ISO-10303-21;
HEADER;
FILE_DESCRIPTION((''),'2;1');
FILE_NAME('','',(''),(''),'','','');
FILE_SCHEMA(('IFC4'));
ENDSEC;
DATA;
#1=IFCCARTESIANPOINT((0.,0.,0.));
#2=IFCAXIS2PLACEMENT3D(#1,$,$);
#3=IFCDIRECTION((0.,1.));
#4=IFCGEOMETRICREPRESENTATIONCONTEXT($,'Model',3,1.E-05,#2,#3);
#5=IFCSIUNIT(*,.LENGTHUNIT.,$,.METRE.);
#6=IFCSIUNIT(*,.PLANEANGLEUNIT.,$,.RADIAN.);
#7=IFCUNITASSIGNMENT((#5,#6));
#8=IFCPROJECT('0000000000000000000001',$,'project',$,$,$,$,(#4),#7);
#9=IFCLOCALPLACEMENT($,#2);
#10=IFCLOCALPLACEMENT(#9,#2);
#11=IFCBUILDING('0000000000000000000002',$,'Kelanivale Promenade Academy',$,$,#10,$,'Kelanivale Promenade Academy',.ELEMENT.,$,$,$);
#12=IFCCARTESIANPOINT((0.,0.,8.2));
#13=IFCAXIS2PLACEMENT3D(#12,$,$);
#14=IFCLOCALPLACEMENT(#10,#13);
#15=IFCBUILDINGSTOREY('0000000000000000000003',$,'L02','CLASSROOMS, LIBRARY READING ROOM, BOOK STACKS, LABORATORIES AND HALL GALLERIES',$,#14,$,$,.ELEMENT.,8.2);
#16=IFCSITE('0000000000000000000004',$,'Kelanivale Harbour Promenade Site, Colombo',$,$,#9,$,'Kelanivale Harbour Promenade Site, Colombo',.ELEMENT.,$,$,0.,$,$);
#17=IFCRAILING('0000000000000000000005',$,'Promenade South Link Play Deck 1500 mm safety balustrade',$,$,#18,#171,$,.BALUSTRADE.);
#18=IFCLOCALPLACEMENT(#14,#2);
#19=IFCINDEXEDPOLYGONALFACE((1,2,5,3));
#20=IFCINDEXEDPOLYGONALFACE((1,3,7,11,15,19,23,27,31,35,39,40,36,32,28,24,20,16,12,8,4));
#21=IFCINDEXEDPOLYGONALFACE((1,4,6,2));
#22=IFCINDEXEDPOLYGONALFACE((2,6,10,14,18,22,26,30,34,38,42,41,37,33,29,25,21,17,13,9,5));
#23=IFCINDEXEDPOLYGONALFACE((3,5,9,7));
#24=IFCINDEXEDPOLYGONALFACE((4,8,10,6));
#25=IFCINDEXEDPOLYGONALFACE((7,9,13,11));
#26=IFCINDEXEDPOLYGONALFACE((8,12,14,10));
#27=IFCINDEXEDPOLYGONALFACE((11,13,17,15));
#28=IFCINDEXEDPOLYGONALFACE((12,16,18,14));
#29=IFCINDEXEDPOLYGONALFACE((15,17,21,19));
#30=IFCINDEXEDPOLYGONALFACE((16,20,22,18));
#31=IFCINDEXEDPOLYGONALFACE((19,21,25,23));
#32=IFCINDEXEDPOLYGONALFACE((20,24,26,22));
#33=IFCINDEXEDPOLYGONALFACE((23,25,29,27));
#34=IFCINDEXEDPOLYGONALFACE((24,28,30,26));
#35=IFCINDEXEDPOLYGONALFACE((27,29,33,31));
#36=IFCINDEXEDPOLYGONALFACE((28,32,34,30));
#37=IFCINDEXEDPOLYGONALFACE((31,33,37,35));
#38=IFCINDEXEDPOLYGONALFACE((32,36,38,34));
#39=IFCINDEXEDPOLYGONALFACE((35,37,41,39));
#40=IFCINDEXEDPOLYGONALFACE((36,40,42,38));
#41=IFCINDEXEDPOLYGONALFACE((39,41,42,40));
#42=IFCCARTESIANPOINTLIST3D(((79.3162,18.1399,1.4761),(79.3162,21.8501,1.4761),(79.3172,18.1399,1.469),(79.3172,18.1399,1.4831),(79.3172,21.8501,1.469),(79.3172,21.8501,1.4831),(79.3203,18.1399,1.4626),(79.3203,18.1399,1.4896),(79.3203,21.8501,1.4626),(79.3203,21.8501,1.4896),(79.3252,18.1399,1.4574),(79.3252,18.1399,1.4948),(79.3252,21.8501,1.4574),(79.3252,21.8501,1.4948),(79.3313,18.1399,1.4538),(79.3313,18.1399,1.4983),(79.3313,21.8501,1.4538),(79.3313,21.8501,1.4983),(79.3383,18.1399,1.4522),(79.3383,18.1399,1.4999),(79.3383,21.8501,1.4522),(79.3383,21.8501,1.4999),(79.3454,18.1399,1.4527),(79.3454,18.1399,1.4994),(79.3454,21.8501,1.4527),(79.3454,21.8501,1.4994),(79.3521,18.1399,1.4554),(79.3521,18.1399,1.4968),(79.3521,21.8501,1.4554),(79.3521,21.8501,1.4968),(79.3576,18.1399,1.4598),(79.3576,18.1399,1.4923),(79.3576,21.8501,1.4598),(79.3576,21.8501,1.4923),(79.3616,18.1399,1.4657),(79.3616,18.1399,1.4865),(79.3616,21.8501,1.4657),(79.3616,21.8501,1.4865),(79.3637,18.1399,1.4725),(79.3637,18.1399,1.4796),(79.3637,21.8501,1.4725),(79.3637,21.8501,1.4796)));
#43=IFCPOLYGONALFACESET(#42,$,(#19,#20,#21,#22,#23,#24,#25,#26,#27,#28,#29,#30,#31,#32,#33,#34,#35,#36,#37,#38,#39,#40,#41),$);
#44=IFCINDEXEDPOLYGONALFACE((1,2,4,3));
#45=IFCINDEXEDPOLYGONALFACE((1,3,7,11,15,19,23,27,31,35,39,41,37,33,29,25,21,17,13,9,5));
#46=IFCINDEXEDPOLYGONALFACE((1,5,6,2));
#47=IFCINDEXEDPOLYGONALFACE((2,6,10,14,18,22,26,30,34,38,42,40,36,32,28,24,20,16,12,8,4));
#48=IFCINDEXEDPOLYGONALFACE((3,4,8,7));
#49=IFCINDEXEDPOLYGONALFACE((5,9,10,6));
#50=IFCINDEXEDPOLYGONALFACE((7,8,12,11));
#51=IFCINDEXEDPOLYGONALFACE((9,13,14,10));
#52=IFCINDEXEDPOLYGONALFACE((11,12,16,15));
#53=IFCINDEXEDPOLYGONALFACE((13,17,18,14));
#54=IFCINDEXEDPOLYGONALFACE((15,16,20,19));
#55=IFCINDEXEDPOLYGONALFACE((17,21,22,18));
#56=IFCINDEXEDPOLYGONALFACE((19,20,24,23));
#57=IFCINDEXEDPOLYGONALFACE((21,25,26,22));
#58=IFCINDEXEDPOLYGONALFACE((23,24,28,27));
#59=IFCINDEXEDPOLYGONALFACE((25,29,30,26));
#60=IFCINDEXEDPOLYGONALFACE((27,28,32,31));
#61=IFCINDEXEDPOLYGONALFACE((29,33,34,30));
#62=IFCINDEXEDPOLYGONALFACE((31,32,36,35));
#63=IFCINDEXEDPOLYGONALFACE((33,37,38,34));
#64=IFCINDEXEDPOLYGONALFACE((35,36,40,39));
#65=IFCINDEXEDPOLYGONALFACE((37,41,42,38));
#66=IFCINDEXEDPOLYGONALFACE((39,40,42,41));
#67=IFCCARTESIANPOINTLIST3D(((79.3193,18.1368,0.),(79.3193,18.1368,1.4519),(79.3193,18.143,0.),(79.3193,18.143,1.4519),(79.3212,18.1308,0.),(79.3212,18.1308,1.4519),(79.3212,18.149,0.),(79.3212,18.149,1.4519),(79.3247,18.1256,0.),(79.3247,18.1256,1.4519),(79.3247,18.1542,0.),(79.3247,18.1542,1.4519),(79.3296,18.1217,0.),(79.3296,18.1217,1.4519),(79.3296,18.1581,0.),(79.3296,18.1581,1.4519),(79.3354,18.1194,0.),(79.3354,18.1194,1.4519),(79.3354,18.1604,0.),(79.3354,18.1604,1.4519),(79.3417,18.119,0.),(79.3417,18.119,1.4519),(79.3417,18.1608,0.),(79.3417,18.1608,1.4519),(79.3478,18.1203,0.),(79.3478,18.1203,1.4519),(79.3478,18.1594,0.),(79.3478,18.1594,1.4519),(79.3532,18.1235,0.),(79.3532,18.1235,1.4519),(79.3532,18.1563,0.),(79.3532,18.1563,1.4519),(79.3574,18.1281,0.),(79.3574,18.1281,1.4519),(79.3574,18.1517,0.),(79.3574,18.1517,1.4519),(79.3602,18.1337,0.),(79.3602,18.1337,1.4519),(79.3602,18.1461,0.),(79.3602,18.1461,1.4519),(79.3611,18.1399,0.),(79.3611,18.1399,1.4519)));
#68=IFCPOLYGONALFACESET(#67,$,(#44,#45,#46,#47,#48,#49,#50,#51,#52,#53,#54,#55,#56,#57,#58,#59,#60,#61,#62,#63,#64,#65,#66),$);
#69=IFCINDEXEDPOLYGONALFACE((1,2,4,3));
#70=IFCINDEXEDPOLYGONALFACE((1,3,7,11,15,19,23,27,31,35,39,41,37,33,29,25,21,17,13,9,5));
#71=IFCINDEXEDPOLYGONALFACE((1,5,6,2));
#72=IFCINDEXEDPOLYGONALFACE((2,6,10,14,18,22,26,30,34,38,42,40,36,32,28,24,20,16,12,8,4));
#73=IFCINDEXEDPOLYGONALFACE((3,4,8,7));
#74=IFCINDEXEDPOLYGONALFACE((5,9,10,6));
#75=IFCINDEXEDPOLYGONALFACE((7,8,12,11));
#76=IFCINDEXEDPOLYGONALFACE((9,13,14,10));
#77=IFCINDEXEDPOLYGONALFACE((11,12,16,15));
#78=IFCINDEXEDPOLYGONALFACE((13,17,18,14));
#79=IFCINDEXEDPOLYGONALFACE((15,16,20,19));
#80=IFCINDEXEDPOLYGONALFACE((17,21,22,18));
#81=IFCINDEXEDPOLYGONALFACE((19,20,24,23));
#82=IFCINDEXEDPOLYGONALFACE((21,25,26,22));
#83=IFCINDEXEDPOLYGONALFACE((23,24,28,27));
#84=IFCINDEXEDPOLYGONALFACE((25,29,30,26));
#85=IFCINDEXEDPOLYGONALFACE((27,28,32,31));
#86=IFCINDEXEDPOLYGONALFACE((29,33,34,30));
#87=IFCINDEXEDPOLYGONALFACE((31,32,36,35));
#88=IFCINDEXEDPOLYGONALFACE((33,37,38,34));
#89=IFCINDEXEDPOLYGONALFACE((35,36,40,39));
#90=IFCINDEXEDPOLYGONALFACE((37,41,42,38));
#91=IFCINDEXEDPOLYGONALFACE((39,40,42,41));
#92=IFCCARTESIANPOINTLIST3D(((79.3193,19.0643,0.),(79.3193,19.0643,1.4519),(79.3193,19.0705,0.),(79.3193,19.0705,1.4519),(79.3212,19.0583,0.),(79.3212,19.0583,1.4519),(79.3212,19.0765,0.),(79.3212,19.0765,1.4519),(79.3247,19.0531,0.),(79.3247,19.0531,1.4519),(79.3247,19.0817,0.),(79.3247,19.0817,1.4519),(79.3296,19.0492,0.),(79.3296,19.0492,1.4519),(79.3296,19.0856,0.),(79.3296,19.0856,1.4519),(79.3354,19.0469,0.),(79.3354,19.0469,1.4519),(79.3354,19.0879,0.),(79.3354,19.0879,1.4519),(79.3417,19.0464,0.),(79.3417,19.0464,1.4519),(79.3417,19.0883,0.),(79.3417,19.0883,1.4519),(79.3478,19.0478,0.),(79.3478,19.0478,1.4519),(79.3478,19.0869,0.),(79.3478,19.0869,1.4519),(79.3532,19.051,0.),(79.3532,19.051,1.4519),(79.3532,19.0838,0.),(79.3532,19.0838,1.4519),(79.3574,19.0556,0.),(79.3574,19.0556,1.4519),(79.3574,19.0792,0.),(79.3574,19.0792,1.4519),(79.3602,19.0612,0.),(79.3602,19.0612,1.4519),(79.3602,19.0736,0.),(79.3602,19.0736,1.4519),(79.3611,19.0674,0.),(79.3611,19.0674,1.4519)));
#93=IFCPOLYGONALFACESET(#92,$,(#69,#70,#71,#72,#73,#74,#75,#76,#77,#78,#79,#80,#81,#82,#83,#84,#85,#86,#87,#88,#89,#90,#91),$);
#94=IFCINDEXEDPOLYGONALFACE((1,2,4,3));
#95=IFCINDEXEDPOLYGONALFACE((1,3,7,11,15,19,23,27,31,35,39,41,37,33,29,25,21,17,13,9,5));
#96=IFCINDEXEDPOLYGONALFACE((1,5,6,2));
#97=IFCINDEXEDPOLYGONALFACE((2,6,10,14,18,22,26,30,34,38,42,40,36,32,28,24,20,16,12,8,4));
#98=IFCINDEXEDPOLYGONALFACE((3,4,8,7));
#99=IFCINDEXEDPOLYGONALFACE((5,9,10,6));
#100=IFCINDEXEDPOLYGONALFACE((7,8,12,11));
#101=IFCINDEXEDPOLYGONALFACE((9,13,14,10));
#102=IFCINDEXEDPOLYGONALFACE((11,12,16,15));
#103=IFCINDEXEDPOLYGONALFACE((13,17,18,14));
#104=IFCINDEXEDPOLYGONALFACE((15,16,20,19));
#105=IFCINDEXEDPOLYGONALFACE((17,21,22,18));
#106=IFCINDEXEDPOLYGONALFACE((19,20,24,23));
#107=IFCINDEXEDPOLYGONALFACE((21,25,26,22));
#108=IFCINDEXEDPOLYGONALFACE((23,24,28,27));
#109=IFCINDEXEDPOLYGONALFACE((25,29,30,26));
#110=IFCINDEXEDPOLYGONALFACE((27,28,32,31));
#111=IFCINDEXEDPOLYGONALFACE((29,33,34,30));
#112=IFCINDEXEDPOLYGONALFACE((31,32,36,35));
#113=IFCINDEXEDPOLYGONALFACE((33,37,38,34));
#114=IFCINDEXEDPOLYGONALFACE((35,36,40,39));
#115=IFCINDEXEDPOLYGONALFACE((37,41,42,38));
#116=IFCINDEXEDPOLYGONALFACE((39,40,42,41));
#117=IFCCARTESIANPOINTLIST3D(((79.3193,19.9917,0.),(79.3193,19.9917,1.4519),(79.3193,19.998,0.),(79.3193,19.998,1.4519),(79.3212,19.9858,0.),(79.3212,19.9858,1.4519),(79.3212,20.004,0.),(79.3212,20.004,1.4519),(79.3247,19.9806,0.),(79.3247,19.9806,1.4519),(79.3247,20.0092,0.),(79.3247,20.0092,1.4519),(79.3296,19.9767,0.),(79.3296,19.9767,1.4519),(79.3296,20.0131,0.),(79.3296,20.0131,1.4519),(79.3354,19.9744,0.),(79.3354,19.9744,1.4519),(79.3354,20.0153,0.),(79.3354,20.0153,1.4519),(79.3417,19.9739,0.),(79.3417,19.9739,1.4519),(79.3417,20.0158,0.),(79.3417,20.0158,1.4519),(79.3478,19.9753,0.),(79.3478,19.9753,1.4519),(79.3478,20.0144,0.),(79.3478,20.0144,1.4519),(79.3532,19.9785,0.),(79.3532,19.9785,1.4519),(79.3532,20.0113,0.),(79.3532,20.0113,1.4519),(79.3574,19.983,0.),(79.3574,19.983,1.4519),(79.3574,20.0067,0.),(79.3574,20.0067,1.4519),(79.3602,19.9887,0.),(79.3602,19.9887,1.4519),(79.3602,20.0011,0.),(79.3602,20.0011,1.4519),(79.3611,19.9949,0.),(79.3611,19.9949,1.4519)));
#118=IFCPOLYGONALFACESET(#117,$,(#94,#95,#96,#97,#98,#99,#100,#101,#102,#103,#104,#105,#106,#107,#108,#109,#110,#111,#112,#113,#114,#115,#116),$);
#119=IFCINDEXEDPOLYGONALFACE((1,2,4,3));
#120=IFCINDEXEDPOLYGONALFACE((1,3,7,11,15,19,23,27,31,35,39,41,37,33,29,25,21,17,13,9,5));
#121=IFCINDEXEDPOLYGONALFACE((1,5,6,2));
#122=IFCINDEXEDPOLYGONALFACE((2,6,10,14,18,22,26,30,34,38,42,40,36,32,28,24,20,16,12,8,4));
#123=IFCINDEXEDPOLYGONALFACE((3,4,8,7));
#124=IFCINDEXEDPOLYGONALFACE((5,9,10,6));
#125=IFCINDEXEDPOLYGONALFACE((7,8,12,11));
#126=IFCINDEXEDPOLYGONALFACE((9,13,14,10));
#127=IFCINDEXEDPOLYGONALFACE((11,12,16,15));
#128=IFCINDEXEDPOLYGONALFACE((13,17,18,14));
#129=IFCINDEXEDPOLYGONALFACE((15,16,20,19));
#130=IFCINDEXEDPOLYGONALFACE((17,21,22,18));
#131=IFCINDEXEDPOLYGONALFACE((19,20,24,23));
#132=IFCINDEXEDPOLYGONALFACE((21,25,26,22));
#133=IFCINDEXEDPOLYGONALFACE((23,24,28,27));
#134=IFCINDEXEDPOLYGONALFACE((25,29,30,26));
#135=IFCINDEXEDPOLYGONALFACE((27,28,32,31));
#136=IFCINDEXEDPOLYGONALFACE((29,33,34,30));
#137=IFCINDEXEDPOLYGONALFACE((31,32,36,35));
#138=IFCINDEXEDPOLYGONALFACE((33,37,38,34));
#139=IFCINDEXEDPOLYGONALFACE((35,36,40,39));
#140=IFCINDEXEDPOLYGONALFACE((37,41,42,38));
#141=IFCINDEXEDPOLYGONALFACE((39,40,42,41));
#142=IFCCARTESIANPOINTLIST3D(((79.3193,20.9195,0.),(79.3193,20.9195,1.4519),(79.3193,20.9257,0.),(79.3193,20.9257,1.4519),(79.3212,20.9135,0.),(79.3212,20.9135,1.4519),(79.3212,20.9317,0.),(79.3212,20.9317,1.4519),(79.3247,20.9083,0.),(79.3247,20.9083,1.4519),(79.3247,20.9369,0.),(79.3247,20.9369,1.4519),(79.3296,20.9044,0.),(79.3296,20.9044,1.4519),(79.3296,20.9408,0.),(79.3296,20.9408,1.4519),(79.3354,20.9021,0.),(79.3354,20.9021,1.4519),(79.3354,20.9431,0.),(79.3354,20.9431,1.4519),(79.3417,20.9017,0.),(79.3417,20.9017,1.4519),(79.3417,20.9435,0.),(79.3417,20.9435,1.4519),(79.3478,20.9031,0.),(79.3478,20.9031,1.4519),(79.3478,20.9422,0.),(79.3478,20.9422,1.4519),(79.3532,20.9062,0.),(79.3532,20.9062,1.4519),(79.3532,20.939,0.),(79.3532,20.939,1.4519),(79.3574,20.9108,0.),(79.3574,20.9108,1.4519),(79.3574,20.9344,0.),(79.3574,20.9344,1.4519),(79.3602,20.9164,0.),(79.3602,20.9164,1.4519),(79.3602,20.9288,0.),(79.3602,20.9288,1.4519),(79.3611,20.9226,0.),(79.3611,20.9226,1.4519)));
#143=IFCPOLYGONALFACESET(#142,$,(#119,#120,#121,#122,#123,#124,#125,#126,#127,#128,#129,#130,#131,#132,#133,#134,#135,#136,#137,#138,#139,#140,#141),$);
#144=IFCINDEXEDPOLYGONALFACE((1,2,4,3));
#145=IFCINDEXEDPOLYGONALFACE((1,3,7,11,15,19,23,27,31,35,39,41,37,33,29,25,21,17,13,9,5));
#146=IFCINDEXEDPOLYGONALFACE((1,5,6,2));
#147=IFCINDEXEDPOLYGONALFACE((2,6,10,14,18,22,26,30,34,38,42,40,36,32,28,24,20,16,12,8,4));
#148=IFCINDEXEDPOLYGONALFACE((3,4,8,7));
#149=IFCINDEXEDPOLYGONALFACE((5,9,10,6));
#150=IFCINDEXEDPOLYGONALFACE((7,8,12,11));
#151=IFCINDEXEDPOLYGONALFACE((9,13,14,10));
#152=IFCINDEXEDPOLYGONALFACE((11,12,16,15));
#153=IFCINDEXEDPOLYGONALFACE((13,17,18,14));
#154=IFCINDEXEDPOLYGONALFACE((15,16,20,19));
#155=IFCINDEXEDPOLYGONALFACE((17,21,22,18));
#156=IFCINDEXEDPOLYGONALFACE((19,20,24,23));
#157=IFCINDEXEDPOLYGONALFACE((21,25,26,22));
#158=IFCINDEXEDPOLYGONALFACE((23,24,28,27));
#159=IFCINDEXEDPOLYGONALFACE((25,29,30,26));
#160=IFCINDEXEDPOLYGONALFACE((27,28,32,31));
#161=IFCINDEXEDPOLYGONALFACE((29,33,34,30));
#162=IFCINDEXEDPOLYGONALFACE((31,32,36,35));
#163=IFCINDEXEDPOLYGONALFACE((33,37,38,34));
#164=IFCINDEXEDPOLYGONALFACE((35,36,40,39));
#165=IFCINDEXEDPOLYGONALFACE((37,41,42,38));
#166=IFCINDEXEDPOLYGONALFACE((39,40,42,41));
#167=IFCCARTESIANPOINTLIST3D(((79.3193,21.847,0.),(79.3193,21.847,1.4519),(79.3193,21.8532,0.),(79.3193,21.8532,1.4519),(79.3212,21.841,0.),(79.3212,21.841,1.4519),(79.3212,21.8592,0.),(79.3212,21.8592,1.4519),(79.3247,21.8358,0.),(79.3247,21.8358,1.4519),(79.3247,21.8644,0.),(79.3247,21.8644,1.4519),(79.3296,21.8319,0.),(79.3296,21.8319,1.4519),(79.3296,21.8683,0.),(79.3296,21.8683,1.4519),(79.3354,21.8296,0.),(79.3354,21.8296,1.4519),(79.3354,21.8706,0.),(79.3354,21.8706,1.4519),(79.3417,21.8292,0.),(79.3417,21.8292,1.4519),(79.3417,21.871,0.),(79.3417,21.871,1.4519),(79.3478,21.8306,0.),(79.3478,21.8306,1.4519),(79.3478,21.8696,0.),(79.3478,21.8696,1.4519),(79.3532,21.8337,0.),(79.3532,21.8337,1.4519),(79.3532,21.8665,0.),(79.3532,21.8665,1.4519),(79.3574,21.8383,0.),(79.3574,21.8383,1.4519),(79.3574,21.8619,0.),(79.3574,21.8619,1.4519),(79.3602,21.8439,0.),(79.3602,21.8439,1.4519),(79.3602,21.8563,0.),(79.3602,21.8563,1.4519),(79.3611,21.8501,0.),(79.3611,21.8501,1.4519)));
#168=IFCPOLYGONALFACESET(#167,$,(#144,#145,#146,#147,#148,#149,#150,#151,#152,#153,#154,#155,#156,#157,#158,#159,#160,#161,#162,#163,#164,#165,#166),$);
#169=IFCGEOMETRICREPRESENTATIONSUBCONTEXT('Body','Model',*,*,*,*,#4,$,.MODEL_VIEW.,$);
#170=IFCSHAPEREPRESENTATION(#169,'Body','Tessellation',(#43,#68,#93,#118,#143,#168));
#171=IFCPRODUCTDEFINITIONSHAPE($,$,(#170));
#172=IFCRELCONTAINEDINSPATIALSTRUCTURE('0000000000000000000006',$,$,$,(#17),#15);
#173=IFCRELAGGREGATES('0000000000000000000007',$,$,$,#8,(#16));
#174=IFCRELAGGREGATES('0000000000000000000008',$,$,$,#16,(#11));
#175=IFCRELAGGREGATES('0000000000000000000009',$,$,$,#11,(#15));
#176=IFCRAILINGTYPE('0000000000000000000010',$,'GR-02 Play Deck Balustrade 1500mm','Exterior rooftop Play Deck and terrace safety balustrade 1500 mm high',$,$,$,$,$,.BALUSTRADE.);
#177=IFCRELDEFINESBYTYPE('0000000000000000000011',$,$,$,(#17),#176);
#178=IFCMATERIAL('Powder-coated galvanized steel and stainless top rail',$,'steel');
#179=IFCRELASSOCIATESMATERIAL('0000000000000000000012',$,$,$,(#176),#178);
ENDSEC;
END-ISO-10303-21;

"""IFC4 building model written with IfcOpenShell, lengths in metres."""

from ifc_helpers import new_model, si_unit, direction, frame, origin, origin_2d, place, context, subcontext, project, spatial, circle, extrude, material, type_object, element, save


model = new_model("IFC4")

# Units and contexts
model_context = context("Model", 3, precision=1e-05, world=origin(), true_north=direction((0.0, 1.0)))
body_context = subcontext(model_context, "Body", "Model", "MODEL_VIEW")
ifc_project = project(units=[si_unit("LENGTHUNIT", "METRE"), si_unit("PLANEANGLEUNIT", "RADIAN")], contexts=[model_context])

# Site, building, storey
site_placement = place(None, origin())
site = spatial("IfcSite", under=ifc_project, at=site_placement, Name="Kelanivale Harbour Promenade Site, Colombo", LongName="Kelanivale Harbour Promenade Site, Colombo", CompositionType="ELEMENT", RefElevation=0.0)
building_placement = place(site_placement, origin())
building = spatial("IfcBuilding", under=site, at=building_placement, Name="Kelanivale Promenade Academy", LongName="Kelanivale Promenade Academy", CompositionType="ELEMENT")
storey_placement = place(building_placement, frame((0.0, 0.0, 8.2)))
storey = spatial("IfcBuildingStorey", under=building, at=storey_placement, Name="L02", Description="CLASSROOMS, LIBRARY READING ROOM, BOOK STACKS, LABORATORIES AND HALL GALLERIES", CompositionType="ELEMENT", Elevation=8.2)

# Railing
ifc_material_1 = material(Name="Powder-coated galvanized steel and stainless top rail", Category="steel")
railing_type_1 = type_object("IfcRailingType", Name="GR-02 Play Deck Balustrade 1500mm", Description="Exterior rooftop Play Deck and terrace safety balustrade 1500 mm high", PredefinedType="BALUSTRADE", material=ifc_material_1)
railing_1_placement = place(storey_placement, frame((79.3401, 18.1399, 0.0)))
element("IfcRailing", 1, at=railing_1_placement, inside=storey, type_object=railing_type_1, Name="Promenade South Link Play Deck 1500 mm safety balustrade", PredefinedType="BALUSTRADE", context=body_context, shape_type="SweptSolid", body=[
    extrude(circle(Radius=0.0239, at=origin_2d()), frame((0.0, 0.0, 1.4761), z_axis=(0.0, 1.0, 0.0), x_axis=(-1.0, 0.0, 0.0)), (0.0, 0.0, 1.0), 3.7102),
    extrude(circle(Radius=0.021, at=origin_2d()), origin(), (0.0, 0.0, 1.0), 1.4519),
    extrude(circle(Radius=0.021, at=origin_2d()), frame((0.0, 0.9275, 0.0)), (0.0, 0.0, 1.0), 1.4519),
    extrude(circle(Radius=0.021, at=origin_2d()), frame((0.0, 1.855, 0.0)), (0.0, 0.0, 1.0), 1.4519),
    extrude(circle(Radius=0.021, at=origin_2d()), frame((0.0, 2.7827, 0.0)), (0.0, 0.0, 1.0), 1.4519),
    extrude(circle(Radius=0.021, at=origin_2d()), frame((0.0, 3.7102, 0.0)), (0.0, 0.0, 1.0), 1.4519),
])

save(model, "model.ifc")
